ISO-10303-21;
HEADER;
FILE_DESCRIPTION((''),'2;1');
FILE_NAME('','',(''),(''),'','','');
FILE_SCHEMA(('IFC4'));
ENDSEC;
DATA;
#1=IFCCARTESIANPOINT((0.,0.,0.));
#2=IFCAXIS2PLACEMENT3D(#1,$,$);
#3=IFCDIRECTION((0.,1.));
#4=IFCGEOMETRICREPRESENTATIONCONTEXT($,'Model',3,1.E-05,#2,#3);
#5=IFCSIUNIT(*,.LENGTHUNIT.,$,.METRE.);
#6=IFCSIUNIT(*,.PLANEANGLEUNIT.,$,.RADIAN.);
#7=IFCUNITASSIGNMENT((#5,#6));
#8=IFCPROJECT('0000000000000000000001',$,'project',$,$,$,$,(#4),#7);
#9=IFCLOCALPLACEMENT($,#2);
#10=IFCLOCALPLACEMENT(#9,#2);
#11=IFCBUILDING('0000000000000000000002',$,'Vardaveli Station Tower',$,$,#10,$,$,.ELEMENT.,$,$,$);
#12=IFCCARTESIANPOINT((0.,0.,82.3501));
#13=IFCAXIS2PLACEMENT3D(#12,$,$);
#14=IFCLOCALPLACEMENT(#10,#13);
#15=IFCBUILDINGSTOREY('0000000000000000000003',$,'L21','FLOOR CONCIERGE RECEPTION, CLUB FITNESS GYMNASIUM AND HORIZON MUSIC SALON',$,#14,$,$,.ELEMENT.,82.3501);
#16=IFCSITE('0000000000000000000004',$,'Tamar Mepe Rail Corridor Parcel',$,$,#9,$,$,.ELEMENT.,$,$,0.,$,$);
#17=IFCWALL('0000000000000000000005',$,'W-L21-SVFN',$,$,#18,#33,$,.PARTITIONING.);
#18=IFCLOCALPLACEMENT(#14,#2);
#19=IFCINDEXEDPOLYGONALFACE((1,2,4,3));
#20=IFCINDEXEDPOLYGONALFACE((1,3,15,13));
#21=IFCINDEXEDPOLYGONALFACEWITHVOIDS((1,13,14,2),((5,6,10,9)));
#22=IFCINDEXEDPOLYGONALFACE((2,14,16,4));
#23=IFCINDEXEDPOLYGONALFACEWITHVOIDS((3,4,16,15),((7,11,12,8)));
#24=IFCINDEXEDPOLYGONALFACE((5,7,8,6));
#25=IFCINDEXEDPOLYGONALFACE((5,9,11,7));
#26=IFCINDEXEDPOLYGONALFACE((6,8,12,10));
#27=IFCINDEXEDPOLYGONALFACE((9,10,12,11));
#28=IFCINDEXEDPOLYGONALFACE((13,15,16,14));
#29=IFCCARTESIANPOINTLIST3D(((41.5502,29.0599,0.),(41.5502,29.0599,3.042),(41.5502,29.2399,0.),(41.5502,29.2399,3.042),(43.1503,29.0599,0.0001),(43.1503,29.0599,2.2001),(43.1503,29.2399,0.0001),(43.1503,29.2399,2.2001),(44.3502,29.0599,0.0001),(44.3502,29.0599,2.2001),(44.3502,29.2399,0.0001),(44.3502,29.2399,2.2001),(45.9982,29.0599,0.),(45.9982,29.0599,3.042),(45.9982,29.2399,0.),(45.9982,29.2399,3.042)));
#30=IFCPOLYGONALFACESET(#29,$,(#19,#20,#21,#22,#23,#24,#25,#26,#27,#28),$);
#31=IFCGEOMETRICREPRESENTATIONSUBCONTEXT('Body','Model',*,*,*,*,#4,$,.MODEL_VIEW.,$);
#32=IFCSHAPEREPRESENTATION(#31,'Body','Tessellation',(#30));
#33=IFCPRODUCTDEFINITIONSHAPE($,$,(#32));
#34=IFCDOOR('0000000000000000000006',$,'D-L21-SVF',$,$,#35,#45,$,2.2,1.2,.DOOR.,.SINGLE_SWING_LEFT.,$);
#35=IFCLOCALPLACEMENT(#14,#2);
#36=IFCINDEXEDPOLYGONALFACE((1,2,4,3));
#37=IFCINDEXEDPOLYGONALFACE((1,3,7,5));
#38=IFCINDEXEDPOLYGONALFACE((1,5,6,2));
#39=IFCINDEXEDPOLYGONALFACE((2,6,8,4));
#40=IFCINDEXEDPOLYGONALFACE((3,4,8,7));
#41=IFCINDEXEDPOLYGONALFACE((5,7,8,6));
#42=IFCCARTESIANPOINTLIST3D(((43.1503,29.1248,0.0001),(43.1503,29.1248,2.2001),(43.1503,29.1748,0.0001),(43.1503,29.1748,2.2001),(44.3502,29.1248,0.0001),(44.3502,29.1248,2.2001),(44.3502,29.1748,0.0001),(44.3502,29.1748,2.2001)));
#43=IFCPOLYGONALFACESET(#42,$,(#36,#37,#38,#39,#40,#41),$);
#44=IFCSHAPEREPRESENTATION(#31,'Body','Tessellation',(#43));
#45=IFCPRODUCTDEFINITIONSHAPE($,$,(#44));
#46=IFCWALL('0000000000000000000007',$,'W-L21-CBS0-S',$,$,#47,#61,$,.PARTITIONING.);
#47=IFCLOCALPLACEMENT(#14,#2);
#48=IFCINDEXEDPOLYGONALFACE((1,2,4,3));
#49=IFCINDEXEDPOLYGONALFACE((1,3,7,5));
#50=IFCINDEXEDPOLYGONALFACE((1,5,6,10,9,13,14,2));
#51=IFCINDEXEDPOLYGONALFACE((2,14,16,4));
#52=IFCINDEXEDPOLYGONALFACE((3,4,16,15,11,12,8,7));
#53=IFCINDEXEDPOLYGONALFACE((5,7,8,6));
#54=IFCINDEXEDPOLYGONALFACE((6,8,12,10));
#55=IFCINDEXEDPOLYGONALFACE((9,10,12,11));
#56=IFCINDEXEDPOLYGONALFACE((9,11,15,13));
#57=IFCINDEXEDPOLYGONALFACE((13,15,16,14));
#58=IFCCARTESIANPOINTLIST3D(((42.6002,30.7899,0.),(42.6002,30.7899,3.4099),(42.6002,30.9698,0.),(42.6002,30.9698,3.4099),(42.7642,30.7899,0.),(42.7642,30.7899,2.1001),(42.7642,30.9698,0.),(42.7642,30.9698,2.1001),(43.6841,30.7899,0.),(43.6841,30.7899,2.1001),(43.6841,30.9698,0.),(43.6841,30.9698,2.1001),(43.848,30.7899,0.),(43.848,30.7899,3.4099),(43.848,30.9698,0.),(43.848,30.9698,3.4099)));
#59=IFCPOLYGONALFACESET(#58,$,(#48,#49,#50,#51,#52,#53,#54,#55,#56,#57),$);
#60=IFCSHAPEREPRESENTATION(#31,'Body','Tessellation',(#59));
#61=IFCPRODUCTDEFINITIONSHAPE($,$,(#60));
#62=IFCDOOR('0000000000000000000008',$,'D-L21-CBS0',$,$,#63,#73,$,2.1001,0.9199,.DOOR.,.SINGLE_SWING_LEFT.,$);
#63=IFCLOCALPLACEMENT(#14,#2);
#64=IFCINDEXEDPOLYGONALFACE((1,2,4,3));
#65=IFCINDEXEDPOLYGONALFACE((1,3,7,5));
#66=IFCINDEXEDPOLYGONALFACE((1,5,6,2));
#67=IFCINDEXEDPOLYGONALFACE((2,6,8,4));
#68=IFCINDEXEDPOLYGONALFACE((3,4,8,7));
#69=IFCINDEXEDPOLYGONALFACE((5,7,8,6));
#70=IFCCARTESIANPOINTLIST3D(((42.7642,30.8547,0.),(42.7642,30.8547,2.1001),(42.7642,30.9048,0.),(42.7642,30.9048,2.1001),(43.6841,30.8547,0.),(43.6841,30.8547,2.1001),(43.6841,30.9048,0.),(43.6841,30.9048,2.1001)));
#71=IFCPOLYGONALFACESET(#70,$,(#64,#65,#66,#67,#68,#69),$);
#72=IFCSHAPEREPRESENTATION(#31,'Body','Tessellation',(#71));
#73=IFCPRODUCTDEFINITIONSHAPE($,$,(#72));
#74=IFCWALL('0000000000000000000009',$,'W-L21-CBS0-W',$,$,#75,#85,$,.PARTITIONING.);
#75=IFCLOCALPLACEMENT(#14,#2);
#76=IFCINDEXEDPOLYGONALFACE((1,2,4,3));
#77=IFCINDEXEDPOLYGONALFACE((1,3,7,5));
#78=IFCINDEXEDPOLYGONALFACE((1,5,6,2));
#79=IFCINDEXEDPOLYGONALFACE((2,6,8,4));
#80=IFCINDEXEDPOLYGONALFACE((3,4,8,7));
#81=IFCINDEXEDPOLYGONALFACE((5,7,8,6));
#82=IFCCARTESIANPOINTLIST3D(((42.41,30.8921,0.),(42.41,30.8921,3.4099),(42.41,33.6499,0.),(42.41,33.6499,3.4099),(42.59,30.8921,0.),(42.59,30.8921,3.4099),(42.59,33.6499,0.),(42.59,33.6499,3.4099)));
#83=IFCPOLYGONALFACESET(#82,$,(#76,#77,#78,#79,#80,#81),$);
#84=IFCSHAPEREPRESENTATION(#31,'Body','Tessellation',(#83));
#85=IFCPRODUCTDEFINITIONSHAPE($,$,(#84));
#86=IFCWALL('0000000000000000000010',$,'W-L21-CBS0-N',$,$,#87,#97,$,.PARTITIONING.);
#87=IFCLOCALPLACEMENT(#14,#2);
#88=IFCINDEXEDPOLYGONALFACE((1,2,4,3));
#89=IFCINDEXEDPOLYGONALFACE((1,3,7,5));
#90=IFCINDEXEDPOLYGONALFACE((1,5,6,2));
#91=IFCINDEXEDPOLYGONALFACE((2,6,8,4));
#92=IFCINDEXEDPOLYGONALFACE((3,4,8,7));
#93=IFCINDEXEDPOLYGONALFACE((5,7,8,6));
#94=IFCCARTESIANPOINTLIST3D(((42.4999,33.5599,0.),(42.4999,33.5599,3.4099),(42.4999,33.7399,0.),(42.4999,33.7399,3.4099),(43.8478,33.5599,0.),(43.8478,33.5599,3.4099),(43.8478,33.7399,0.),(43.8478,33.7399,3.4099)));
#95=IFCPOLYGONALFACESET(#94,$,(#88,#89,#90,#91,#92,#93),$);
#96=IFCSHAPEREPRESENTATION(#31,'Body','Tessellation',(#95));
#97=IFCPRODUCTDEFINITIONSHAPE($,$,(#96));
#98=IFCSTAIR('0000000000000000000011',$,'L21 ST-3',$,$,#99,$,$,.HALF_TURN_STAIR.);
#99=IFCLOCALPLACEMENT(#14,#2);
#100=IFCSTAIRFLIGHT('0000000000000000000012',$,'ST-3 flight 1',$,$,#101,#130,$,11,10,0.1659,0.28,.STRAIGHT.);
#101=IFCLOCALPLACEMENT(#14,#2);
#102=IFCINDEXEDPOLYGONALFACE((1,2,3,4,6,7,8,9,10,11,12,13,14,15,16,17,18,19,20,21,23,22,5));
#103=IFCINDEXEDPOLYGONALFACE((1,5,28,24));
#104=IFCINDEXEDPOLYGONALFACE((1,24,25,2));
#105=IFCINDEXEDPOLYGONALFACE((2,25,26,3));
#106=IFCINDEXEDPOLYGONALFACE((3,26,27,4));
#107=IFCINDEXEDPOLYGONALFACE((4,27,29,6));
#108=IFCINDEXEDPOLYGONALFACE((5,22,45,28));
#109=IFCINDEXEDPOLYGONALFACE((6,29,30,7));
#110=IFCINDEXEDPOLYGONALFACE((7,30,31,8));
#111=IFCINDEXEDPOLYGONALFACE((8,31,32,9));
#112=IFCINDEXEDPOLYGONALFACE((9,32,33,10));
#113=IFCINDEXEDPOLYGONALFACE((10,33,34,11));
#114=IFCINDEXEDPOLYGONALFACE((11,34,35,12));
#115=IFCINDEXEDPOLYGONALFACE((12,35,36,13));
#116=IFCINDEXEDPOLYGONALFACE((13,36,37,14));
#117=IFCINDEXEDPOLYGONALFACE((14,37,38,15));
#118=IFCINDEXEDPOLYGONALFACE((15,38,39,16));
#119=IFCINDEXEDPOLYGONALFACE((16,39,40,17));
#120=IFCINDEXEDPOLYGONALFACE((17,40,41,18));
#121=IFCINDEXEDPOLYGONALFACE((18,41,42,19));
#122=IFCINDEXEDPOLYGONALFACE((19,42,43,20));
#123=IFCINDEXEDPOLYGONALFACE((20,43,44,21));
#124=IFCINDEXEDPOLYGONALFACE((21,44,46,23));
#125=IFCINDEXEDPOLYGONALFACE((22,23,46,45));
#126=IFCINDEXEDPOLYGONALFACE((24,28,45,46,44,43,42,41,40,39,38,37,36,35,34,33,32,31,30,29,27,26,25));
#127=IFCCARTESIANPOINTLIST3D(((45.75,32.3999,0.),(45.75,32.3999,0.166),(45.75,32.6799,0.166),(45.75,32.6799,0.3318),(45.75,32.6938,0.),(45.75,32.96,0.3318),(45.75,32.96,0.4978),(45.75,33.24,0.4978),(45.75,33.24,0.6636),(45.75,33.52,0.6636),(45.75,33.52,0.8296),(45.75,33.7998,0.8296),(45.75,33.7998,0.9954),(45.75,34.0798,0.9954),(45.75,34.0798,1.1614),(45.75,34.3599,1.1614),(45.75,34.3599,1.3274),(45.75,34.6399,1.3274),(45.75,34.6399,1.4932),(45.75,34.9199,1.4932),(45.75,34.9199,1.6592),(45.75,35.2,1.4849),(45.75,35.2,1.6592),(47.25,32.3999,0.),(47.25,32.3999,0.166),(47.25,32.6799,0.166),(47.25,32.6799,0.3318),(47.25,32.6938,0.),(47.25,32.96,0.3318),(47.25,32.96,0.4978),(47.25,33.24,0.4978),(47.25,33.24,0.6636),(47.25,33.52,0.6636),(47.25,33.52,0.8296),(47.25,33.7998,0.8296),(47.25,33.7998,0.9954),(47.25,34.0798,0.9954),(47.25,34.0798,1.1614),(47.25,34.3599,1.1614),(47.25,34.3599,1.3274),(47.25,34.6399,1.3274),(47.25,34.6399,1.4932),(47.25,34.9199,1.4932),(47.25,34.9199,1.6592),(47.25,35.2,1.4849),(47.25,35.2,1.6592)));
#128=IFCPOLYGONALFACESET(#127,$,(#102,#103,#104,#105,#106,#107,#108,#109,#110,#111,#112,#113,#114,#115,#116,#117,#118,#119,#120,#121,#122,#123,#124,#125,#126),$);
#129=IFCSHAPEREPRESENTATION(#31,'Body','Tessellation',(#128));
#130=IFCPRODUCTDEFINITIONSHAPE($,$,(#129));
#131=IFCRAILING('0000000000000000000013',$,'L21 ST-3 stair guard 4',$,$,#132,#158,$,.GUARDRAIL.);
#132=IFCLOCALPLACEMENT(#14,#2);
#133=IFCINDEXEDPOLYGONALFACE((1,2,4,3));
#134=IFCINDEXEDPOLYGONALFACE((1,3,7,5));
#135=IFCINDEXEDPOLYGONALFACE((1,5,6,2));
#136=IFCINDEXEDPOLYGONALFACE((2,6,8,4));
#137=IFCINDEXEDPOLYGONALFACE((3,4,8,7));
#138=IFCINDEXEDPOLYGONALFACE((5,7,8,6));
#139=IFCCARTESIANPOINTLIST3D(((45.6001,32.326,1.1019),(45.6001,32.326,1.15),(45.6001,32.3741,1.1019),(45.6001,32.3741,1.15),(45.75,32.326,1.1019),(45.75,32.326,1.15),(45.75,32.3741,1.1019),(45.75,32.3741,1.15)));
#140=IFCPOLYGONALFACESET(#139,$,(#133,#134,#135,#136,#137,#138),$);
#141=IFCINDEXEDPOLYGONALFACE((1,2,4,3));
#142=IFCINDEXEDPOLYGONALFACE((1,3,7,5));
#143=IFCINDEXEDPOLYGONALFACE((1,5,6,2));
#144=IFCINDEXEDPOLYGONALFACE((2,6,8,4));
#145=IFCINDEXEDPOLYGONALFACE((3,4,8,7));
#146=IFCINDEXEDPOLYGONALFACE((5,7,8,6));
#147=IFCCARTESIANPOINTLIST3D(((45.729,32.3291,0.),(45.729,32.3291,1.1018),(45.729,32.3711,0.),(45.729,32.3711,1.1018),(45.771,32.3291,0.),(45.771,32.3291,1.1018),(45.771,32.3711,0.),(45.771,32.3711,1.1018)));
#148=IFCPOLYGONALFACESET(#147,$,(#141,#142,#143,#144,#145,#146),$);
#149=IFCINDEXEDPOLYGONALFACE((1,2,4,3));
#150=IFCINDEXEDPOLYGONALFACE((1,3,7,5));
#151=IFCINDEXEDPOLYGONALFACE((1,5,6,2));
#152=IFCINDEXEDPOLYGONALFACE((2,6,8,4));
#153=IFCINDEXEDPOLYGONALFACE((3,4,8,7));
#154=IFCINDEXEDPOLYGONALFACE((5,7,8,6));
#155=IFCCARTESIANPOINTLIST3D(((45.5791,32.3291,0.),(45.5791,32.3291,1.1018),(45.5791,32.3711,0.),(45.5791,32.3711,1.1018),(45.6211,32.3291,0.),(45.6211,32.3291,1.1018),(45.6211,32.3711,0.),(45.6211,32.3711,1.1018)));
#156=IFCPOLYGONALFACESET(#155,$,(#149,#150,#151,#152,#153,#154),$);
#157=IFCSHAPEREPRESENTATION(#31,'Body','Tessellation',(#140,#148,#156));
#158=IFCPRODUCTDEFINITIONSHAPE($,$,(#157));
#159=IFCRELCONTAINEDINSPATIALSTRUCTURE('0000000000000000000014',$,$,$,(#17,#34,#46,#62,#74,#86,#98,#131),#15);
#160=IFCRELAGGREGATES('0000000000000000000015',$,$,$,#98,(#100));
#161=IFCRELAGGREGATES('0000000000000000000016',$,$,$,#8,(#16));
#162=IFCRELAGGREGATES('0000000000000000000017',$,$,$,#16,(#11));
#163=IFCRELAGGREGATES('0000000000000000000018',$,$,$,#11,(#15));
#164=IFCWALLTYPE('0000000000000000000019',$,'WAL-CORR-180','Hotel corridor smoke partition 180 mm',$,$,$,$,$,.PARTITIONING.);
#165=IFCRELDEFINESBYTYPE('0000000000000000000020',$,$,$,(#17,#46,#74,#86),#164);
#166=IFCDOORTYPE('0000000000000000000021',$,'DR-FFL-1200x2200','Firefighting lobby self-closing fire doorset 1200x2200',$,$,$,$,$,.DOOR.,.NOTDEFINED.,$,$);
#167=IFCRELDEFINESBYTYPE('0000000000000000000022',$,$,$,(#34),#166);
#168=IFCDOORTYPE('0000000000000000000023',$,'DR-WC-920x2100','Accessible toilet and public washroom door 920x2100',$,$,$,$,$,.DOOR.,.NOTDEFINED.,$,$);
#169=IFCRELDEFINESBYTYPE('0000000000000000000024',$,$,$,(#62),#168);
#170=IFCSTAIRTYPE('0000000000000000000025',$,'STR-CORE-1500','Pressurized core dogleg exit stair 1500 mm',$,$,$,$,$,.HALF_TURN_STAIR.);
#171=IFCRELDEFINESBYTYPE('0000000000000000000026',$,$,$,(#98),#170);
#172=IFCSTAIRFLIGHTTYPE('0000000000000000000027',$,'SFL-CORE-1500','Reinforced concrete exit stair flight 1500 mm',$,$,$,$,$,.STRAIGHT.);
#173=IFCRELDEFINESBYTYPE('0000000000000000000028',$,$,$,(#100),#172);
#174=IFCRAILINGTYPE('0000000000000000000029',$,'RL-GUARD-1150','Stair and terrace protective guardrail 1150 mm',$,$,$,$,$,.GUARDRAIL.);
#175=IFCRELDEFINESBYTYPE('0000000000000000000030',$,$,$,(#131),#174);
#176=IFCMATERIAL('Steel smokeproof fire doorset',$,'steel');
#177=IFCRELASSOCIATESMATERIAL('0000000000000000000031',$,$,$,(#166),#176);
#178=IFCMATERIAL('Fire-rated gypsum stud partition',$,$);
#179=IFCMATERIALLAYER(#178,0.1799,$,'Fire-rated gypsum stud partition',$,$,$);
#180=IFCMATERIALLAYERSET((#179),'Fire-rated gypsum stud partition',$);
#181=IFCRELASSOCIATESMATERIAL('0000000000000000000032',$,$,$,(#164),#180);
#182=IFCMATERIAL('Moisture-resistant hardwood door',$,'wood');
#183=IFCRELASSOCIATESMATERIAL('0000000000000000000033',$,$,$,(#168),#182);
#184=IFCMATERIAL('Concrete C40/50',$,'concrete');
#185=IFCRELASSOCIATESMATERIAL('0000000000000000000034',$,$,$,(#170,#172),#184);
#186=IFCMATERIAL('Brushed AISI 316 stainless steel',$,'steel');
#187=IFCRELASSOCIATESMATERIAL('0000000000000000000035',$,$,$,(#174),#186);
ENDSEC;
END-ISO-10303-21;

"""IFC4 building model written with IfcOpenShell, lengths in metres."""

from ifc_helpers import new_model, si_unit, direction, frame, frame_2d, origin, origin_2d, place, context, subcontext, project, spatial, polyline, rectangle, outline, extrude, source, transform, mapped, material, layer, layer_set, type_object, element, fill, aggregate, save


model = new_model("IFC4")

# Units and contexts
model_context = context("Model", 3, precision=1e-05, world=origin(), true_north=direction((0.0, 1.0)))
body_context = subcontext(model_context, "Body", "Model", "MODEL_VIEW")
ifc_project = project(units=[si_unit("LENGTHUNIT", "METRE"), si_unit("PLANEANGLEUNIT", "RADIAN")], contexts=[model_context])

# Site, building, storey
site_placement = place(None, origin())
site = spatial("IfcSite", under=ifc_project, at=site_placement, Name="Tamar Mepe Rail Corridor Parcel", CompositionType="ELEMENT", RefElevation=0.0)
building_placement = place(site_placement, origin())
building = spatial("IfcBuilding", under=site, at=building_placement, Name="Vardaveli Station Tower", CompositionType="ELEMENT")
storey_placement = place(building_placement, frame((0.0, 0.0, 82.3501)))
storey = spatial("IfcBuildingStorey", under=building, at=storey_placement, Name="L21", Description="FLOOR CONCIERGE RECEPTION, CLUB FITNESS GYMNASIUM AND HORIZON MUSIC SALON", CompositionType="ELEMENT", Elevation=82.3501)

# Shared definitions
ifc_material_1 = material(Name="Concrete C40/50", Category="concrete")

# Walls, openings, doors
ifc_material_2 = material(Name="Steel smokeproof fire doorset", Category="steel")
door_type_1 = type_object("IfcDoorType", Name="DR-FFL-1200x2200", Description="Firefighting lobby self-closing fire doorset 1200x2200", OperationType="NOTDEFINED", PredefinedType="DOOR", material=ifc_material_2)
shared_shape_1 = source(origin(), body_context, "Body", "SweptSolid", [
    extrude(rectangle(XDim=1.2, YDim=2.2, at=frame_2d((0.6001, 1.1001))), frame((0.0, 0.0249, 0.0), z_axis=(0.0, -1.0, 0.0), x_axis=(1.0, 0.0, 0.0)), (0.0, 0.0, 1.0), 0.05),
])
ifc_material_3 = material(Name="Fire-rated gypsum stud partition")
ifc_layer_1 = layer(ifc_material_3, 0.1799, Name="Fire-rated gypsum stud partition")
ifc_layer_set_1 = layer_set([ifc_layer_1], Name="Fire-rated gypsum stud partition")
wall_type_1 = type_object("IfcWallType", Name="WAL-CORR-180", Description="Hotel corridor smoke partition 180 mm", PredefinedType="PARTITIONING", material=ifc_layer_set_1)
shared_shape_2 = source(origin(), body_context, "Body", "SweptSolid", [
    extrude(rectangle(XDim=4.448, YDim=0.1799, at=frame_2d((2.2241, 0.0))), origin(), (0.0, 0.0, 1.0), 3.042),
])
wall_1_placement = place(storey_placement, frame((41.55, 29.1499, 0.0), z_axis=(0.0, 0.0, 1.0), x_axis=(1.0, 0.0, 0.0)))
wall_1 = element("IfcWall", 1, at=wall_1_placement, inside=storey, type_object=wall_type_1, Name="W-L21-SVFN", PredefinedType="PARTITIONING", context=body_context, shape_type="MappedRepresentation", body=[
    mapped(shared_shape_2, transform((0.0, 0.0, 0.0), scale=1.0)),
])
shared_shape_3 = source(origin(), body_context, "Body", "SweptSolid", [
    extrude(rectangle(XDim=1.2, YDim=2.2, at=frame_2d((0.6001, 1.1001))), frame((0.0, 0.1001, 0.0), z_axis=(0.0, -1.0, 0.0), x_axis=(1.0, 0.0, 0.0)), (0.0, 0.0, 1.0), 0.2),
])
opening_1_placement = place(wall_1_placement, frame((1.6001, 0.0, 0.0)))
opening_1 = element("IfcOpeningElement", 2, at=opening_1_placement, cuts=wall_1, PredefinedType="OPENING", context=body_context, shape_type="MappedRepresentation", body=[
    mapped(shared_shape_3, transform((0.0, 0.0, 0.0), scale=1.0)),
])
door_1_placement = place(opening_1_placement, origin())
door_1 = element("IfcDoor", 3, at=door_1_placement, inside=storey, type_object=door_type_1, Name="D-L21-SVF", OperationType="SINGLE_SWING_LEFT", OverallHeight=2.2, OverallWidth=1.2, PredefinedType="DOOR", context=body_context, shape_type="MappedRepresentation", body=[
    mapped(shared_shape_1, transform((0.0, 0.0, 0.0), scale=1.0)),
])
fill(opening_1, door_1)
shared_shape_4 = source(origin(), body_context, "Body", "SweptSolid", [
    extrude(rectangle(XDim=1.2478, YDim=0.1799, at=frame_2d((0.624, 0.0))), origin(), (0.0, 0.0, 1.0), 3.4099),
])
wall_2_placement = place(storey_placement, frame((42.6001, 30.8799, 0.0), z_axis=(0.0, 0.0, 1.0), x_axis=(1.0, 0.0, 0.0)))
wall_2 = element("IfcWall", 4, at=wall_2_placement, inside=storey, type_object=wall_type_1, Name="W-L21-CBS0-S", PredefinedType="PARTITIONING", context=body_context, shape_type="MappedRepresentation", body=[
    mapped(shared_shape_4, transform((0.0, 0.0, 0.0), scale=1.0)),
])
shared_shape_5 = source(origin(), body_context, "Body", "SweptSolid", [
    extrude(rectangle(XDim=0.9199, YDim=2.1001, at=frame_2d((0.46, 1.05))), frame((0.0, 0.1001, 0.0), z_axis=(0.0, -1.0, 0.0), x_axis=(1.0, 0.0, 0.0)), (0.0, 0.0, 1.0), 0.2),
])
opening_2_placement = place(wall_2_placement, frame((0.1641, 0.0, 0.0)))
opening_2 = element("IfcOpeningElement", 5, at=opening_2_placement, cuts=wall_2, PredefinedType="OPENING", context=body_context, shape_type="MappedRepresentation", body=[
    mapped(shared_shape_5, transform((0.0, 0.0, 0.0), scale=1.0)),
])
ifc_material_4 = material(Name="Moisture-resistant hardwood door", Category="wood")
door_type_2 = type_object("IfcDoorType", Name="DR-WC-920x2100", Description="Accessible toilet and public washroom door 920x2100", OperationType="NOTDEFINED", PredefinedType="DOOR", material=ifc_material_4)
shared_shape_6 = source(origin(), body_context, "Body", "SweptSolid", [
    extrude(rectangle(XDim=0.9199, YDim=2.1001, at=frame_2d((0.46, 1.05))), frame((0.0, 0.0249, 0.0), z_axis=(0.0, -1.0, 0.0), x_axis=(1.0, 0.0, 0.0)), (0.0, 0.0, 1.0), 0.05),
])
door_2_placement = place(opening_2_placement, origin())
door_2 = element("IfcDoor", 6, at=door_2_placement, inside=storey, type_object=door_type_2, Name="D-L21-CBS0", OperationType="SINGLE_SWING_LEFT", OverallHeight=2.1001, OverallWidth=0.9199, PredefinedType="DOOR", context=body_context, shape_type="MappedRepresentation", body=[
    mapped(shared_shape_6, transform((0.0, 0.0, 0.0), scale=1.0)),
])
fill(opening_2, door_2)

# Walls
shared_shape_7 = source(origin(), body_context, "Body", "SweptSolid", [
    extrude(rectangle(XDim=2.7578, YDim=0.1799, at=frame_2d((1.3789, 0.0))), origin(), (0.0, 0.0, 1.0), 3.4099),
])
wall_3_placement = place(storey_placement, frame((42.5, 30.8921, 0.0), z_axis=(0.0, 0.0, 1.0), x_axis=(0.0, 1.0, 0.0)))
element("IfcWall", 7, at=wall_3_placement, inside=storey, type_object=wall_type_1, Name="W-L21-CBS0-W", PredefinedType="PARTITIONING", context=body_context, shape_type="MappedRepresentation", body=[
    mapped(shared_shape_7, transform((0.0, 0.0, 0.0), scale=1.0)),
])
shared_shape_8 = source(origin(), body_context, "Body", "SweptSolid", [
    extrude(rectangle(XDim=1.3479, YDim=0.1799, at=frame_2d((0.6738, 0.0))), origin(), (0.0, 0.0, 1.0), 3.4099),
])
wall_4_placement = place(storey_placement, frame((42.5, 33.6499, 0.0), z_axis=(0.0, 0.0, 1.0), x_axis=(1.0, 0.0, 0.0)))
element("IfcWall", 8, at=wall_4_placement, inside=storey, type_object=wall_type_1, Name="W-L21-CBS0-N", PredefinedType="PARTITIONING", context=body_context, shape_type="MappedRepresentation", body=[
    mapped(shared_shape_8, transform((0.0, 0.0, 0.0), scale=1.0)),
])

# Stair, stair flight
stair_type = type_object("IfcStairType", Name="STR-CORE-1500", Description="Pressurized core dogleg exit stair 1500 mm", PredefinedType="HALF_TURN_STAIR", material=ifc_material_1)
stair_placement = place(storey_placement, origin())
stair = element("IfcStair", 9, at=stair_placement, inside=storey, type_object=stair_type, Name="L21 ST-3", PredefinedType="HALF_TURN_STAIR")
stair_flight_type = type_object("IfcStairFlightType", Name="SFL-CORE-1500", Description="Reinforced concrete exit stair flight 1500 mm", PredefinedType="STRAIGHT", material=ifc_material_1)
shared_shape_9 = source(origin(), body_context, "Body", "SweptSolid", [
    extrude(outline(polyline([(0.0, 0.0), (0.0, 0.166), (0.28, 0.166), (0.28, 0.3318), (0.5601, 0.3318), (0.5601, 0.4978), (0.8401, 0.4978), (0.8401, 0.6636), (1.1201, 0.6636), (1.1201, 0.8296), (1.3999, 0.8296), (1.3999, 0.9954), (1.6799, 0.9954), (1.6799, 1.1614), (1.96, 1.1614), (1.96, 1.3274), (2.24, 1.3274), (2.24, 1.4932), (2.52, 1.4932), (2.52, 1.6592), (2.8, 1.6592), (2.8, 1.825), (2.8, 1.4849), (0.2939, 0.0), (0.0, 0.0)])), frame((0.0, 0.75, 0.0), z_axis=(0.0, -1.0, 0.0), x_axis=(1.0, 0.0, 0.0)), (0.0, 0.0, 1.0), 1.5),
])
stair_flight_placement = place(storey_placement, frame((46.5, 32.3999, 0.0), z_axis=(0.0, 0.0, 1.0), x_axis=(0.0, 1.0, 0.0)))
stair_flight = element("IfcStairFlight", 10, at=stair_flight_placement, type_object=stair_flight_type, Name="ST-3 flight 1", NumberOfRisers=11, NumberOfTreads=10, PredefinedType="STRAIGHT", RiserHeight=0.1659, TreadLength=0.28, context=body_context, shape_type="MappedRepresentation", body=[
    mapped(shared_shape_9, transform((0.0, 0.0, 0.0), scale=1.0)),
])
aggregate(stair, [stair_flight])

# Railing
ifc_material_5 = material(Name="Brushed AISI 316 stainless steel", Category="steel")
railing_type_1 = type_object("IfcRailingType", Name="RL-GUARD-1150", Description="Stair and terrace protective guardrail 1150 mm", PredefinedType="GUARDRAIL", material=ifc_material_5)
shared_shape_10 = source(origin(), body_context, "Body", "SweptSolid", [
    extrude(rectangle(XDim=0.0481, YDim=0.0481, at=origin_2d()), frame((0.0, 0.0, 1.126), z_axis=(-1.0, 0.0, 0.0), x_axis=(0.0, -1.0, 0.0)), (0.0, 0.0, 1.0), 0.1499),
    extrude(rectangle(XDim=0.042, YDim=0.042, at=origin_2d()), origin(), (0.0, 0.0, 1.0), 1.1018),
    extrude(rectangle(XDim=0.042, YDim=0.042, at=origin_2d()), frame((-0.1499, 0.0, 0.0)), (0.0, 0.0, 1.0), 1.1018),
])
railing_1_placement = place(storey_placement, frame((45.75, 32.3501, 0.0)))
element("IfcRailing", 11, at=railing_1_placement, inside=storey, type_object=railing_type_1, Name="L21 ST-3 stair guard 4", PredefinedType="GUARDRAIL", context=body_context, shape_type="MappedRepresentation", body=[
    mapped(shared_shape_10, transform((0.0, 0.0, 0.0), scale=1.0)),
])

save(model, "model.ifc")
